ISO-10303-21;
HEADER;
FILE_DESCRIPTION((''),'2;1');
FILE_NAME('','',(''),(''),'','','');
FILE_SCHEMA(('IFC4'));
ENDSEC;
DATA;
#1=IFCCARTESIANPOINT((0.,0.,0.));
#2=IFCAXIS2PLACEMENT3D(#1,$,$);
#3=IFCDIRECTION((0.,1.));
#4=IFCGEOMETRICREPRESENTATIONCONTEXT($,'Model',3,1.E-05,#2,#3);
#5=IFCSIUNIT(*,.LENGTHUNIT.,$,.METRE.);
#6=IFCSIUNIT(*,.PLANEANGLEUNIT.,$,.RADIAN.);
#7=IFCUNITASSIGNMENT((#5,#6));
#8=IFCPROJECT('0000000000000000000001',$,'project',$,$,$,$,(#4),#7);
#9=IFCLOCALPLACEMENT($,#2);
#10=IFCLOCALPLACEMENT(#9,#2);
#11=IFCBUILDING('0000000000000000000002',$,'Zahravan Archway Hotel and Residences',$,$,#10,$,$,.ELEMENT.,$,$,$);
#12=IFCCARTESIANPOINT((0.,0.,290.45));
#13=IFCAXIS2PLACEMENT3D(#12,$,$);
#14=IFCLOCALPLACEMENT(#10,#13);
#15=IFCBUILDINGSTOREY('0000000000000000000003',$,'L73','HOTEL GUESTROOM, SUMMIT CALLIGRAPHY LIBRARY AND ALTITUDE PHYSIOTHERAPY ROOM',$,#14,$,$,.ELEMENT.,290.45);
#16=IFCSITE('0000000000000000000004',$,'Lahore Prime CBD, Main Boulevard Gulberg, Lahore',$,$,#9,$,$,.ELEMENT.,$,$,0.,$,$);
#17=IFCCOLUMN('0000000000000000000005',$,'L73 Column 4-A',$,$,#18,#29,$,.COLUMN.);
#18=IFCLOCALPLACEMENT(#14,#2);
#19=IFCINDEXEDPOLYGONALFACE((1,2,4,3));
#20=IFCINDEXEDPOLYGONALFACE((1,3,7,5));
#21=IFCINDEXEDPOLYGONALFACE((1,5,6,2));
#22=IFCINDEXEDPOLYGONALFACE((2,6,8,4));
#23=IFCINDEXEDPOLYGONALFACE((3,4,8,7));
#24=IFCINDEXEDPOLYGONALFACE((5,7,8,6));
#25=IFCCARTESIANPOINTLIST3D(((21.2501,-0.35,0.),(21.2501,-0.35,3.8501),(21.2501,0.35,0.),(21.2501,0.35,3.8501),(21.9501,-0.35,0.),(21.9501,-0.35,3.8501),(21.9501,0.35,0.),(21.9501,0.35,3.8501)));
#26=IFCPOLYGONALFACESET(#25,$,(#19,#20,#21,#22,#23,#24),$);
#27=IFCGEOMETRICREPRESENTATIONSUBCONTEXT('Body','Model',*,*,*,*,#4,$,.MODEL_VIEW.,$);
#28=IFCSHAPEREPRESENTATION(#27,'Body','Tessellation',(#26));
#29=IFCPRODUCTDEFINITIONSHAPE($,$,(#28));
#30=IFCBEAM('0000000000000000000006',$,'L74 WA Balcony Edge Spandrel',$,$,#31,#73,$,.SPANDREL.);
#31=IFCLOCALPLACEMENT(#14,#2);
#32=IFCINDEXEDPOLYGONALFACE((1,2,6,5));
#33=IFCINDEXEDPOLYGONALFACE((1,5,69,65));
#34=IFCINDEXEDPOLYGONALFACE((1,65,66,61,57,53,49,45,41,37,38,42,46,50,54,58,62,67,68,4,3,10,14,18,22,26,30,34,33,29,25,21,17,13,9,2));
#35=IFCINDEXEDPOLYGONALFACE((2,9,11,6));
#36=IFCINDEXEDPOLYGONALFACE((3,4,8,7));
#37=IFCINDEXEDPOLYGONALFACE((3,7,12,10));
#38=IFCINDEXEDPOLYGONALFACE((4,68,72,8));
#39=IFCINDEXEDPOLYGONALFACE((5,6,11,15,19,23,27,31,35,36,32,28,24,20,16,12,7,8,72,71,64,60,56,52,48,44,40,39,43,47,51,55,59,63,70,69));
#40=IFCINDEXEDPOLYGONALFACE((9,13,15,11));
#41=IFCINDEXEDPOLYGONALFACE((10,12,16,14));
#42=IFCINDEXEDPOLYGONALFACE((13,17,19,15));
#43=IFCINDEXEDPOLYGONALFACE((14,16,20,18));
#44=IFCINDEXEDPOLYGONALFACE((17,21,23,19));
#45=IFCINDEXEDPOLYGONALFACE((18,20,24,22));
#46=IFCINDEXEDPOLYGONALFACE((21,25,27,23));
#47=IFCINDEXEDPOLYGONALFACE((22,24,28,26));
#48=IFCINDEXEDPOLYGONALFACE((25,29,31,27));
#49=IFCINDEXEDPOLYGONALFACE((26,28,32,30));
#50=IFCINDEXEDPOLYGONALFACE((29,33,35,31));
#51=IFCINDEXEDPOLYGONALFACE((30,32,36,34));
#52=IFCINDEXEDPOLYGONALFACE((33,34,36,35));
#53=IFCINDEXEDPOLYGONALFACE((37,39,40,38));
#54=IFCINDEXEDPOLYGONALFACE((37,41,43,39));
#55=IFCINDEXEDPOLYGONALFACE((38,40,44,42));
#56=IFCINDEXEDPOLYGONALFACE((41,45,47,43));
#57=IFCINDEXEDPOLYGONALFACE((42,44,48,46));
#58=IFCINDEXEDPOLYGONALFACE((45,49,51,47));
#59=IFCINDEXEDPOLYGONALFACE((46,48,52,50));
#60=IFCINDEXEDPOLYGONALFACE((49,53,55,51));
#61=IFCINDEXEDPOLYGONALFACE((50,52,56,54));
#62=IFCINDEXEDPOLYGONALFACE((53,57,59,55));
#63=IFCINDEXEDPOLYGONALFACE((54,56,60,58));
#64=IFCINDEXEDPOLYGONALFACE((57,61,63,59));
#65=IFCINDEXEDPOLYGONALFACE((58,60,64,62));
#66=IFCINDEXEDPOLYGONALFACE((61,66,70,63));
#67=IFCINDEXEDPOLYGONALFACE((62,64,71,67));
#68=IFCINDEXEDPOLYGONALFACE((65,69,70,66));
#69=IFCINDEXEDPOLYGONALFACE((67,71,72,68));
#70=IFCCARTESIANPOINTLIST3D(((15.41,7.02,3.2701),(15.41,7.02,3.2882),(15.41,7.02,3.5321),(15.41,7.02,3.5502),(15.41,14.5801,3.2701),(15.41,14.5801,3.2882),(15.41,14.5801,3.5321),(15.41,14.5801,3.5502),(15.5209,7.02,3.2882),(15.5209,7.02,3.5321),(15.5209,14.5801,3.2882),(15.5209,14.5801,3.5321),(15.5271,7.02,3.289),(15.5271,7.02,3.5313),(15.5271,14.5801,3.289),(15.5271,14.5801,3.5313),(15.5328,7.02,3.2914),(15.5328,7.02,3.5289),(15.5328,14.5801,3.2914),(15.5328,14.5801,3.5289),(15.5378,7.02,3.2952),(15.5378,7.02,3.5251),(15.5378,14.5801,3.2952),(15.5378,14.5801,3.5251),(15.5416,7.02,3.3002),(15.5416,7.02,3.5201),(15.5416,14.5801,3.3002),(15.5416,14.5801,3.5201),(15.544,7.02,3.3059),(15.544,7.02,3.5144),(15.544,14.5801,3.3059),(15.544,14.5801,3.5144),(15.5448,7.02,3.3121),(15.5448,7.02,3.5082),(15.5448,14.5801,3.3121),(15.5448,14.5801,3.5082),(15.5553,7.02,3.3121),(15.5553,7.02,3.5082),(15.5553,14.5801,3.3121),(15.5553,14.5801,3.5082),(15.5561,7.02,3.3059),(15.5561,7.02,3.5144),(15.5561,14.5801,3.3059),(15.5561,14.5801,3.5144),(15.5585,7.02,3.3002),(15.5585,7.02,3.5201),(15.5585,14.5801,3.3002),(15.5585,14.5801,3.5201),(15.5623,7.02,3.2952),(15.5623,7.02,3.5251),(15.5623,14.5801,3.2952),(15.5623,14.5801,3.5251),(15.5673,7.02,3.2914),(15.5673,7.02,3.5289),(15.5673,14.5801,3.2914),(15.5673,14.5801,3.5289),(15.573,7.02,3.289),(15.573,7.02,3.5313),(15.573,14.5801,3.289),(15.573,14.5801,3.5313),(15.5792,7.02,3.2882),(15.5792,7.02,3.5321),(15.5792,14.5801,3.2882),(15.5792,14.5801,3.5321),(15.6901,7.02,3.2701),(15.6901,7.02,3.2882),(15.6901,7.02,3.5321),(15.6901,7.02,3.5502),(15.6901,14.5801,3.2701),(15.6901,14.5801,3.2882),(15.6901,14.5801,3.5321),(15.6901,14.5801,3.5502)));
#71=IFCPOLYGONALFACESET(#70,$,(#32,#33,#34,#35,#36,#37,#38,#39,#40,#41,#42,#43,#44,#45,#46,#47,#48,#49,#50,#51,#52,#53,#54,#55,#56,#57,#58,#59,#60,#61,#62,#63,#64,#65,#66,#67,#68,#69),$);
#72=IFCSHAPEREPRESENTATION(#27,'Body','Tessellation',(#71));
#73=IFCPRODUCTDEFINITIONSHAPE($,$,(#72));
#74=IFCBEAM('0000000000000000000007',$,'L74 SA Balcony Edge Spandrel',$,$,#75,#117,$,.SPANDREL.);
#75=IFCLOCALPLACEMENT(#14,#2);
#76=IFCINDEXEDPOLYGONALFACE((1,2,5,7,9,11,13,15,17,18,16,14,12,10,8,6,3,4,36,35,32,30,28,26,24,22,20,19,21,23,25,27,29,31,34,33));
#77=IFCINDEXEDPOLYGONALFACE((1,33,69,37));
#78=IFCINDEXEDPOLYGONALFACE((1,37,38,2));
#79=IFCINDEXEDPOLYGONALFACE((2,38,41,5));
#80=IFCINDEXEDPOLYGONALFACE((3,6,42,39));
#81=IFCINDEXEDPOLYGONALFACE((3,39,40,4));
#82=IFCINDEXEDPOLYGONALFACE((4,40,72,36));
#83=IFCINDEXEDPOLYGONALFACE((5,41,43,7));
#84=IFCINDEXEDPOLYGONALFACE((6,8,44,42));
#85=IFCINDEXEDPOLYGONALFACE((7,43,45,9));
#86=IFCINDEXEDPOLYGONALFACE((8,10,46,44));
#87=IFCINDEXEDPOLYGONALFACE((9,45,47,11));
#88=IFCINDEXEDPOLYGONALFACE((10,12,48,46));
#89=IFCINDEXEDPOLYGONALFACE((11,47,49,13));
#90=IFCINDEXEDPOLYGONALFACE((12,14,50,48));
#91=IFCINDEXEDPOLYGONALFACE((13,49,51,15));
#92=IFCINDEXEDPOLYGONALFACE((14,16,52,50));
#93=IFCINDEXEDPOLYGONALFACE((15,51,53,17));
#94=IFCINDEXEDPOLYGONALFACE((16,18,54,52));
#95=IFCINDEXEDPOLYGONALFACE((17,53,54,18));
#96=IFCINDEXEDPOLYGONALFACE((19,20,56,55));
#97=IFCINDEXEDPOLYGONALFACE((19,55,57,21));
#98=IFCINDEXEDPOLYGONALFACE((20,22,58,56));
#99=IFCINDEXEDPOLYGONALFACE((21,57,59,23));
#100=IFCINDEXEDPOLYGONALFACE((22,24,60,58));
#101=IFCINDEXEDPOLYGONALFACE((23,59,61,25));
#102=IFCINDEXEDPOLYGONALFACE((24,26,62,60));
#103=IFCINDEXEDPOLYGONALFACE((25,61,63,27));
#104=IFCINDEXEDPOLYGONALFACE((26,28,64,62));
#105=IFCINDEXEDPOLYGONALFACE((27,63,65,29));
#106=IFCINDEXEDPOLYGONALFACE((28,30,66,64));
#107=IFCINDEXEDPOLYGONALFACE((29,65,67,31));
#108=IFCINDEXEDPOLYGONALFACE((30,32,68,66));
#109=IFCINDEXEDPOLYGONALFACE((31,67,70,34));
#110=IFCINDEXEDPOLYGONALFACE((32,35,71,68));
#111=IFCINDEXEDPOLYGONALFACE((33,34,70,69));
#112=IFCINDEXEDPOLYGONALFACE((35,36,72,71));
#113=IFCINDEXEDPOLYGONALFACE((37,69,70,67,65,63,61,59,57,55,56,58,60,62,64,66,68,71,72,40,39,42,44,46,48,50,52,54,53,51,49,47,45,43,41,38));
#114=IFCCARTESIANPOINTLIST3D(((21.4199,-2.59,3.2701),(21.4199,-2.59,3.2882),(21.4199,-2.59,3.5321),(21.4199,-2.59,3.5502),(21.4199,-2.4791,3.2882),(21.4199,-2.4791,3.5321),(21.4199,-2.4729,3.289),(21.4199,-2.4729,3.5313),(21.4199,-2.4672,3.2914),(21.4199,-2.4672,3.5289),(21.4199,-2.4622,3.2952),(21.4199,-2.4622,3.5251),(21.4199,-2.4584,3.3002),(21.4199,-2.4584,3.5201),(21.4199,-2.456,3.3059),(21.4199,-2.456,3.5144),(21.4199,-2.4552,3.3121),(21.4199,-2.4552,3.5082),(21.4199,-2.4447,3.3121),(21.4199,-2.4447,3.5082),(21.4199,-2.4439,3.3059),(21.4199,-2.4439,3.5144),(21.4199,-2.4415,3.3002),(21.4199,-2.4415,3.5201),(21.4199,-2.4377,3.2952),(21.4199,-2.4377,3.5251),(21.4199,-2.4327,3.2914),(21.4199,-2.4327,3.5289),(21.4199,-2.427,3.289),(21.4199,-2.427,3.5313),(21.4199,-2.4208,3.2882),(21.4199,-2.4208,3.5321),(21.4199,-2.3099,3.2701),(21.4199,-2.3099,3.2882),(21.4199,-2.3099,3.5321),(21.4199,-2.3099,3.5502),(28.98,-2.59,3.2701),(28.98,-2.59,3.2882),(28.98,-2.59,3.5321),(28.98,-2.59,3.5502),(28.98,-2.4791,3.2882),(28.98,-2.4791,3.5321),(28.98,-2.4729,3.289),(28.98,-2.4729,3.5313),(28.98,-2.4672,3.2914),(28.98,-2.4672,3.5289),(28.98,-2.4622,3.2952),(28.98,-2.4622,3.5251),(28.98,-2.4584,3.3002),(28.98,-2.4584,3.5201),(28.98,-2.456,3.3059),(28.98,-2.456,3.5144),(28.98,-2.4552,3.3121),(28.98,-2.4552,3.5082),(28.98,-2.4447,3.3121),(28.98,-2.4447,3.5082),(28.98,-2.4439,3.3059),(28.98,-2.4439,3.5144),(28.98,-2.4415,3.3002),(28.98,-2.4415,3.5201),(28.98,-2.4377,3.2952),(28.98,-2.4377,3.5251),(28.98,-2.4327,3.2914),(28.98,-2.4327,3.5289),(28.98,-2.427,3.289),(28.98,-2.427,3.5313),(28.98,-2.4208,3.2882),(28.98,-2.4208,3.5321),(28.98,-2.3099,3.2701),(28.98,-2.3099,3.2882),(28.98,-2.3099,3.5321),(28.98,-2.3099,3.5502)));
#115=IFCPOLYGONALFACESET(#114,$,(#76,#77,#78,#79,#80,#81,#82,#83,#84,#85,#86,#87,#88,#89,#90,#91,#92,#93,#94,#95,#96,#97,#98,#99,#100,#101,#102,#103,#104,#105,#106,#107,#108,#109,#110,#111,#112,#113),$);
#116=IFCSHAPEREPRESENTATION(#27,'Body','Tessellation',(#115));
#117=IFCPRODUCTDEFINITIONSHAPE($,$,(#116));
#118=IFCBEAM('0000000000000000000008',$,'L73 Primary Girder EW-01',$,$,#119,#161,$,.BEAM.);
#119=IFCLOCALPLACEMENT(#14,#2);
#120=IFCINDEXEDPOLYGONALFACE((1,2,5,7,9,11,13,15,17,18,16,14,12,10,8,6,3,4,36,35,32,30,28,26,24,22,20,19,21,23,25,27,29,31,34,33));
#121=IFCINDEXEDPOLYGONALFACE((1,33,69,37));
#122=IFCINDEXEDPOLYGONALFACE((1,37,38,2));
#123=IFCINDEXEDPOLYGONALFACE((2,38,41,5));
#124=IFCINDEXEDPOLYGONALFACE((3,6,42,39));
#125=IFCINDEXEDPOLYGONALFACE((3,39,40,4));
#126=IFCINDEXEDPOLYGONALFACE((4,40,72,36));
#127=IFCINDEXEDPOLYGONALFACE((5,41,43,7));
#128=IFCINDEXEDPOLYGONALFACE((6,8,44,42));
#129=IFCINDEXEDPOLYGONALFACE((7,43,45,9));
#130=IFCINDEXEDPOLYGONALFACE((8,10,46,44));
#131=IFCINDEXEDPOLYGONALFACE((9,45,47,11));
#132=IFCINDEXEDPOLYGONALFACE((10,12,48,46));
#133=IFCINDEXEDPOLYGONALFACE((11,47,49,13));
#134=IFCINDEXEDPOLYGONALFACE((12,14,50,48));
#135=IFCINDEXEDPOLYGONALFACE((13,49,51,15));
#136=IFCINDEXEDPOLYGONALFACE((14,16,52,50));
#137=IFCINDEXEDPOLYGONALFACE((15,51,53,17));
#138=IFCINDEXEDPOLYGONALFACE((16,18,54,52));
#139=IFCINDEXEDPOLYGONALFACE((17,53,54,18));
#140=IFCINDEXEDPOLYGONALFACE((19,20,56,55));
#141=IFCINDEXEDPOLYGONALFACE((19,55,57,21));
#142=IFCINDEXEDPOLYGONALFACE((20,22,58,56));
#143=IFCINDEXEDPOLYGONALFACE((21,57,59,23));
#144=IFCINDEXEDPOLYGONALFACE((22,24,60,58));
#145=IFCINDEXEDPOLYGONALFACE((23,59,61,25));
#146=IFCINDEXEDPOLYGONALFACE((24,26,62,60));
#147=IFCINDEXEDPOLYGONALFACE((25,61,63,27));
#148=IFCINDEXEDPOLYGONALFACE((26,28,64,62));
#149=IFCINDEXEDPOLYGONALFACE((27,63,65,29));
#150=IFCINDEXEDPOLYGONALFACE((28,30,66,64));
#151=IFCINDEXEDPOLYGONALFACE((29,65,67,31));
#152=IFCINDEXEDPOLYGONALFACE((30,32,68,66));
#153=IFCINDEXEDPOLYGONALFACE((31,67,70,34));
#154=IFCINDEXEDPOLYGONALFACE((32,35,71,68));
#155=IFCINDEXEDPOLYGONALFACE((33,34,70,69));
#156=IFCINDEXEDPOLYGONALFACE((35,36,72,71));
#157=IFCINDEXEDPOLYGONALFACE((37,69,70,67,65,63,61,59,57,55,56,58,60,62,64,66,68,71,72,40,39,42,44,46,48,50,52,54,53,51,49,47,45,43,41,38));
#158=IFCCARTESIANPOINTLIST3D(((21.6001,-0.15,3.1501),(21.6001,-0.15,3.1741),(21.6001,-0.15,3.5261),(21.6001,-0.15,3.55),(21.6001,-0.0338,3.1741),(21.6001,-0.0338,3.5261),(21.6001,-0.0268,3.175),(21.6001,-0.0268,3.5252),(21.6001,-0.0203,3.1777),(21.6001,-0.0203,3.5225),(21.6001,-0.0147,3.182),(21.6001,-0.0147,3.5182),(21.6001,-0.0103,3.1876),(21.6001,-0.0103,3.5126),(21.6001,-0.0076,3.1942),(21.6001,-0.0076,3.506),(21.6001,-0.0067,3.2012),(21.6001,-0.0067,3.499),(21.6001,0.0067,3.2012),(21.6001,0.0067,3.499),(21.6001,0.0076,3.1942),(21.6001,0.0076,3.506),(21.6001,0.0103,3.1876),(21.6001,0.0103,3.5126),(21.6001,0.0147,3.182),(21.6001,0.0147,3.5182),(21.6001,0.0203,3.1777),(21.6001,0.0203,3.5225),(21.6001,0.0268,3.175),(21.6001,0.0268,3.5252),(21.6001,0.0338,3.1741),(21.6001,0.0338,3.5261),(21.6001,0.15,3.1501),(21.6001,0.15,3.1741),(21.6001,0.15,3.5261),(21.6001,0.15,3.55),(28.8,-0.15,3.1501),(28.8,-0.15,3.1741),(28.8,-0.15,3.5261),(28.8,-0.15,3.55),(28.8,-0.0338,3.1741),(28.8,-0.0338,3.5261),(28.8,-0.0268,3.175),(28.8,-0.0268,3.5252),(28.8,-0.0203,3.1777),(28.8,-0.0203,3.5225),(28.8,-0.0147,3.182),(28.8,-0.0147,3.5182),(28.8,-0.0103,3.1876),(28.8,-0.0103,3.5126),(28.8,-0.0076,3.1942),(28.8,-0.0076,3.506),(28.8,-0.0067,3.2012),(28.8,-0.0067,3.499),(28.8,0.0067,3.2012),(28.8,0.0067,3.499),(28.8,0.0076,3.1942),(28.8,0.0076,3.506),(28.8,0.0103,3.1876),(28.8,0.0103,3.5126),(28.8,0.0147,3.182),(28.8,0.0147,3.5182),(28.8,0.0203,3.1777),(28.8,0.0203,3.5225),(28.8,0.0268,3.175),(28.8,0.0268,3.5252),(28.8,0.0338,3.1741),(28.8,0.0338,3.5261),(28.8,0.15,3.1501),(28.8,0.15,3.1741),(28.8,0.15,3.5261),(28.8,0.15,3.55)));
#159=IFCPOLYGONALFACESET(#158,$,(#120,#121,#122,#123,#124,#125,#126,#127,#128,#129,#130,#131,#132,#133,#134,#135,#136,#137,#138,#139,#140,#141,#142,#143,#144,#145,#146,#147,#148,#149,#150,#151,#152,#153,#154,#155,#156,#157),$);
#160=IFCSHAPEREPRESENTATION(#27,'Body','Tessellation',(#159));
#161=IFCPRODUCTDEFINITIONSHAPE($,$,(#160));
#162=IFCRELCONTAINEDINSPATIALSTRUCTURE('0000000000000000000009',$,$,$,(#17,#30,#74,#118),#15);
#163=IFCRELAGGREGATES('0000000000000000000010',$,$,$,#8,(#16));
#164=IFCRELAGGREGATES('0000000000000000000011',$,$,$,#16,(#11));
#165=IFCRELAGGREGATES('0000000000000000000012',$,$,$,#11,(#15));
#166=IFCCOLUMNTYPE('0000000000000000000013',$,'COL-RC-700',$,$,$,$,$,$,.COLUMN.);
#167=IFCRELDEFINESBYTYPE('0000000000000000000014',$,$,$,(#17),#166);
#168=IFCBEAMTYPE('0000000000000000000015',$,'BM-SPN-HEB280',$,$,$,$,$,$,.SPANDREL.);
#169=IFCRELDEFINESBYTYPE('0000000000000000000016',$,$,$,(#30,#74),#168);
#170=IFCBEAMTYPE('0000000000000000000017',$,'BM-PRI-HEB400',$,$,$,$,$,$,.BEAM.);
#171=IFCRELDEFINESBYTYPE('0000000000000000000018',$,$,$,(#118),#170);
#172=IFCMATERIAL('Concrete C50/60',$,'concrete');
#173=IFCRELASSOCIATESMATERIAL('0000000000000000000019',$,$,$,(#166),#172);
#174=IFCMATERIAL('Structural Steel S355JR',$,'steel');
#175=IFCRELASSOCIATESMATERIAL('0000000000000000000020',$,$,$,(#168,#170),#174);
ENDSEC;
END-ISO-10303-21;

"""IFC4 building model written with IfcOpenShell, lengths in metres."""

from ifc_helpers import new_model, si_unit, direction, frame, origin, origin_2d, place, context, subcontext, project, spatial, rectangle, i_section, extrude, source, transform, mapped, material, material_profile, profile_set, type_object, type_shapes, element, save


model = new_model("IFC4")

# Units and contexts
model_context = context("Model", 3, precision=1e-05, world=origin(), true_north=direction((0.0, 1.0)))
body_context = subcontext(model_context, "Body", "Model", "MODEL_VIEW")
ifc_project = project(units=[si_unit("LENGTHUNIT", "METRE"), si_unit("PLANEANGLEUNIT", "RADIAN")], contexts=[model_context])

# Site, building, storey
site_placement = place(None, origin())
site = spatial("IfcSite", under=ifc_project, at=site_placement, Name="Lahore Prime CBD, Main Boulevard Gulberg, Lahore", CompositionType="ELEMENT", RefElevation=0.0)
building_placement = place(site_placement, origin())
building = spatial("IfcBuilding", under=site, at=building_placement, Name="Zahravan Archway Hotel and Residences", CompositionType="ELEMENT")
storey_placement = place(building_placement, frame((0.0, 0.0, 290.45)))
storey = spatial("IfcBuildingStorey", under=building, at=storey_placement, Name="L73", Description="HOTEL GUESTROOM, SUMMIT CALLIGRAPHY LIBRARY AND ALTITUDE PHYSIOTHERAPY ROOM", CompositionType="ELEMENT", Elevation=290.45)

# Column
ifc_material_1 = material(Name="Concrete C50/60", Category="concrete")
ifc_material_profile_1 = material_profile(ifc_material_1, rectangle(XDim=0.7, YDim=0.7, at=origin_2d()), Name="RC-COL-700x700", Category="concrete")
ifc_profile_set_1 = profile_set([ifc_material_profile_1], Name="Concrete C50/60")
column_type = type_object("IfcColumnType", Name="COL-RC-700", PredefinedType="COLUMN", material=ifc_profile_set_1)
shared_shape_1 = source(origin(), body_context, "Body", "SweptSolid", [
    extrude(rectangle(XDim=0.7, YDim=0.7, at=origin_2d()), origin(), (0.0, 0.0, 1.0), 3.8501),
])
column_placement = place(storey_placement, frame((21.6001, 0.0, 0.0), z_axis=(0.0, 0.0, 1.0), x_axis=(1.0, 0.0, 0.0)))
element("IfcColumn", 1, at=column_placement, inside=storey, type_object=column_type, Name="L73 Column 4-A", PredefinedType="COLUMN", context=body_context, shape_type="MappedRepresentation", body=[
    mapped(shared_shape_1, transform((0.0, 0.0, 0.0), scale=1.0)),
])

# Beams
ifc_material_2 = material(Name="Structural Steel S355JR", Category="steel")
ifc_material_profile_2 = material_profile(ifc_material_2, i_section(OverallWidth=0.28, OverallDepth=0.28, WebThickness=0.0105, FlangeThickness=0.0181, FilletRadius=0.0239, at=origin_2d()), Name="HEB 280", Category="steel")
ifc_profile_set_2 = profile_set([ifc_material_profile_2], Name="Structural Steel S355JR")
beam_type_1 = type_object("IfcBeamType", Name="BM-SPN-HEB280", PredefinedType="SPANDREL", material=ifc_profile_set_2)
shared_shape_2 = source(origin(), body_context, "Body", "SweptSolid", [
    extrude(i_section(OverallWidth=0.28, OverallDepth=0.28, WebThickness=0.0105, FlangeThickness=0.0181, FilletRadius=0.0239, at=origin_2d()), origin(), (0.0, 0.0, 1.0), 7.5601),
])
type_shapes(beam_type_1, [shared_shape_2])
for number, where, z_axis, x_axis, name in (
    (2, (15.55, 7.02, 3.4102), (0.0, 1.0, 0.0), (-1.0, 0.0, 0.0), "L74 WA Balcony Edge Spandrel"),
    (3, (21.4199, -2.45, 3.4102), (1.0, 0.0, 0.0), (0.0, 1.0, 0.0), "L74 SA Balcony Edge Spandrel"),
):
    element("IfcBeam", number, at=place(storey_placement, frame(where, z_axis=z_axis, x_axis=x_axis)), inside=storey, type_object=beam_type_1, Name=name, PredefinedType="SPANDREL", context=body_context, shape_type="MappedRepresentation", body=[
        mapped(shared_shape_2, transform((0.0, 0.0, 0.0), scale=1.0)),
    ])
ifc_material_profile_3 = material_profile(ifc_material_2, i_section(OverallWidth=0.3, OverallDepth=0.3999, WebThickness=0.0134, FlangeThickness=0.0239, FilletRadius=0.0271, at=origin_2d()), Name="HEB 400", Category="steel")
ifc_profile_set_3 = profile_set([ifc_material_profile_3], Name="Structural Steel S355JR")
beam_type_2 = type_object("IfcBeamType", Name="BM-PRI-HEB400", PredefinedType="BEAM", material=ifc_profile_set_3)
shared_shape_3 = source(origin(), body_context, "Body", "SweptSolid", [
    extrude(i_section(OverallWidth=0.3, OverallDepth=0.3999, WebThickness=0.0134, FlangeThickness=0.0239, FilletRadius=0.0271, at=origin_2d()), origin(), (0.0, 0.0, 1.0), 7.2),
])
type_shapes(beam_type_2, [shared_shape_3])
beam_1_placement = place(storey_placement, frame((21.6001, 0.0, 3.3501), z_axis=(1.0, 0.0, 0.0), x_axis=(0.0, 1.0, 0.0)))
element("IfcBeam", 4, at=beam_1_placement, inside=storey, type_object=beam_type_2, Name="L73 Primary Girder EW-01", PredefinedType="BEAM", context=body_context, shape_type="MappedRepresentation", body=[
    mapped(shared_shape_3, transform((0.0, 0.0, 0.0), scale=1.0)),
])

save(model, "model.ifc")
